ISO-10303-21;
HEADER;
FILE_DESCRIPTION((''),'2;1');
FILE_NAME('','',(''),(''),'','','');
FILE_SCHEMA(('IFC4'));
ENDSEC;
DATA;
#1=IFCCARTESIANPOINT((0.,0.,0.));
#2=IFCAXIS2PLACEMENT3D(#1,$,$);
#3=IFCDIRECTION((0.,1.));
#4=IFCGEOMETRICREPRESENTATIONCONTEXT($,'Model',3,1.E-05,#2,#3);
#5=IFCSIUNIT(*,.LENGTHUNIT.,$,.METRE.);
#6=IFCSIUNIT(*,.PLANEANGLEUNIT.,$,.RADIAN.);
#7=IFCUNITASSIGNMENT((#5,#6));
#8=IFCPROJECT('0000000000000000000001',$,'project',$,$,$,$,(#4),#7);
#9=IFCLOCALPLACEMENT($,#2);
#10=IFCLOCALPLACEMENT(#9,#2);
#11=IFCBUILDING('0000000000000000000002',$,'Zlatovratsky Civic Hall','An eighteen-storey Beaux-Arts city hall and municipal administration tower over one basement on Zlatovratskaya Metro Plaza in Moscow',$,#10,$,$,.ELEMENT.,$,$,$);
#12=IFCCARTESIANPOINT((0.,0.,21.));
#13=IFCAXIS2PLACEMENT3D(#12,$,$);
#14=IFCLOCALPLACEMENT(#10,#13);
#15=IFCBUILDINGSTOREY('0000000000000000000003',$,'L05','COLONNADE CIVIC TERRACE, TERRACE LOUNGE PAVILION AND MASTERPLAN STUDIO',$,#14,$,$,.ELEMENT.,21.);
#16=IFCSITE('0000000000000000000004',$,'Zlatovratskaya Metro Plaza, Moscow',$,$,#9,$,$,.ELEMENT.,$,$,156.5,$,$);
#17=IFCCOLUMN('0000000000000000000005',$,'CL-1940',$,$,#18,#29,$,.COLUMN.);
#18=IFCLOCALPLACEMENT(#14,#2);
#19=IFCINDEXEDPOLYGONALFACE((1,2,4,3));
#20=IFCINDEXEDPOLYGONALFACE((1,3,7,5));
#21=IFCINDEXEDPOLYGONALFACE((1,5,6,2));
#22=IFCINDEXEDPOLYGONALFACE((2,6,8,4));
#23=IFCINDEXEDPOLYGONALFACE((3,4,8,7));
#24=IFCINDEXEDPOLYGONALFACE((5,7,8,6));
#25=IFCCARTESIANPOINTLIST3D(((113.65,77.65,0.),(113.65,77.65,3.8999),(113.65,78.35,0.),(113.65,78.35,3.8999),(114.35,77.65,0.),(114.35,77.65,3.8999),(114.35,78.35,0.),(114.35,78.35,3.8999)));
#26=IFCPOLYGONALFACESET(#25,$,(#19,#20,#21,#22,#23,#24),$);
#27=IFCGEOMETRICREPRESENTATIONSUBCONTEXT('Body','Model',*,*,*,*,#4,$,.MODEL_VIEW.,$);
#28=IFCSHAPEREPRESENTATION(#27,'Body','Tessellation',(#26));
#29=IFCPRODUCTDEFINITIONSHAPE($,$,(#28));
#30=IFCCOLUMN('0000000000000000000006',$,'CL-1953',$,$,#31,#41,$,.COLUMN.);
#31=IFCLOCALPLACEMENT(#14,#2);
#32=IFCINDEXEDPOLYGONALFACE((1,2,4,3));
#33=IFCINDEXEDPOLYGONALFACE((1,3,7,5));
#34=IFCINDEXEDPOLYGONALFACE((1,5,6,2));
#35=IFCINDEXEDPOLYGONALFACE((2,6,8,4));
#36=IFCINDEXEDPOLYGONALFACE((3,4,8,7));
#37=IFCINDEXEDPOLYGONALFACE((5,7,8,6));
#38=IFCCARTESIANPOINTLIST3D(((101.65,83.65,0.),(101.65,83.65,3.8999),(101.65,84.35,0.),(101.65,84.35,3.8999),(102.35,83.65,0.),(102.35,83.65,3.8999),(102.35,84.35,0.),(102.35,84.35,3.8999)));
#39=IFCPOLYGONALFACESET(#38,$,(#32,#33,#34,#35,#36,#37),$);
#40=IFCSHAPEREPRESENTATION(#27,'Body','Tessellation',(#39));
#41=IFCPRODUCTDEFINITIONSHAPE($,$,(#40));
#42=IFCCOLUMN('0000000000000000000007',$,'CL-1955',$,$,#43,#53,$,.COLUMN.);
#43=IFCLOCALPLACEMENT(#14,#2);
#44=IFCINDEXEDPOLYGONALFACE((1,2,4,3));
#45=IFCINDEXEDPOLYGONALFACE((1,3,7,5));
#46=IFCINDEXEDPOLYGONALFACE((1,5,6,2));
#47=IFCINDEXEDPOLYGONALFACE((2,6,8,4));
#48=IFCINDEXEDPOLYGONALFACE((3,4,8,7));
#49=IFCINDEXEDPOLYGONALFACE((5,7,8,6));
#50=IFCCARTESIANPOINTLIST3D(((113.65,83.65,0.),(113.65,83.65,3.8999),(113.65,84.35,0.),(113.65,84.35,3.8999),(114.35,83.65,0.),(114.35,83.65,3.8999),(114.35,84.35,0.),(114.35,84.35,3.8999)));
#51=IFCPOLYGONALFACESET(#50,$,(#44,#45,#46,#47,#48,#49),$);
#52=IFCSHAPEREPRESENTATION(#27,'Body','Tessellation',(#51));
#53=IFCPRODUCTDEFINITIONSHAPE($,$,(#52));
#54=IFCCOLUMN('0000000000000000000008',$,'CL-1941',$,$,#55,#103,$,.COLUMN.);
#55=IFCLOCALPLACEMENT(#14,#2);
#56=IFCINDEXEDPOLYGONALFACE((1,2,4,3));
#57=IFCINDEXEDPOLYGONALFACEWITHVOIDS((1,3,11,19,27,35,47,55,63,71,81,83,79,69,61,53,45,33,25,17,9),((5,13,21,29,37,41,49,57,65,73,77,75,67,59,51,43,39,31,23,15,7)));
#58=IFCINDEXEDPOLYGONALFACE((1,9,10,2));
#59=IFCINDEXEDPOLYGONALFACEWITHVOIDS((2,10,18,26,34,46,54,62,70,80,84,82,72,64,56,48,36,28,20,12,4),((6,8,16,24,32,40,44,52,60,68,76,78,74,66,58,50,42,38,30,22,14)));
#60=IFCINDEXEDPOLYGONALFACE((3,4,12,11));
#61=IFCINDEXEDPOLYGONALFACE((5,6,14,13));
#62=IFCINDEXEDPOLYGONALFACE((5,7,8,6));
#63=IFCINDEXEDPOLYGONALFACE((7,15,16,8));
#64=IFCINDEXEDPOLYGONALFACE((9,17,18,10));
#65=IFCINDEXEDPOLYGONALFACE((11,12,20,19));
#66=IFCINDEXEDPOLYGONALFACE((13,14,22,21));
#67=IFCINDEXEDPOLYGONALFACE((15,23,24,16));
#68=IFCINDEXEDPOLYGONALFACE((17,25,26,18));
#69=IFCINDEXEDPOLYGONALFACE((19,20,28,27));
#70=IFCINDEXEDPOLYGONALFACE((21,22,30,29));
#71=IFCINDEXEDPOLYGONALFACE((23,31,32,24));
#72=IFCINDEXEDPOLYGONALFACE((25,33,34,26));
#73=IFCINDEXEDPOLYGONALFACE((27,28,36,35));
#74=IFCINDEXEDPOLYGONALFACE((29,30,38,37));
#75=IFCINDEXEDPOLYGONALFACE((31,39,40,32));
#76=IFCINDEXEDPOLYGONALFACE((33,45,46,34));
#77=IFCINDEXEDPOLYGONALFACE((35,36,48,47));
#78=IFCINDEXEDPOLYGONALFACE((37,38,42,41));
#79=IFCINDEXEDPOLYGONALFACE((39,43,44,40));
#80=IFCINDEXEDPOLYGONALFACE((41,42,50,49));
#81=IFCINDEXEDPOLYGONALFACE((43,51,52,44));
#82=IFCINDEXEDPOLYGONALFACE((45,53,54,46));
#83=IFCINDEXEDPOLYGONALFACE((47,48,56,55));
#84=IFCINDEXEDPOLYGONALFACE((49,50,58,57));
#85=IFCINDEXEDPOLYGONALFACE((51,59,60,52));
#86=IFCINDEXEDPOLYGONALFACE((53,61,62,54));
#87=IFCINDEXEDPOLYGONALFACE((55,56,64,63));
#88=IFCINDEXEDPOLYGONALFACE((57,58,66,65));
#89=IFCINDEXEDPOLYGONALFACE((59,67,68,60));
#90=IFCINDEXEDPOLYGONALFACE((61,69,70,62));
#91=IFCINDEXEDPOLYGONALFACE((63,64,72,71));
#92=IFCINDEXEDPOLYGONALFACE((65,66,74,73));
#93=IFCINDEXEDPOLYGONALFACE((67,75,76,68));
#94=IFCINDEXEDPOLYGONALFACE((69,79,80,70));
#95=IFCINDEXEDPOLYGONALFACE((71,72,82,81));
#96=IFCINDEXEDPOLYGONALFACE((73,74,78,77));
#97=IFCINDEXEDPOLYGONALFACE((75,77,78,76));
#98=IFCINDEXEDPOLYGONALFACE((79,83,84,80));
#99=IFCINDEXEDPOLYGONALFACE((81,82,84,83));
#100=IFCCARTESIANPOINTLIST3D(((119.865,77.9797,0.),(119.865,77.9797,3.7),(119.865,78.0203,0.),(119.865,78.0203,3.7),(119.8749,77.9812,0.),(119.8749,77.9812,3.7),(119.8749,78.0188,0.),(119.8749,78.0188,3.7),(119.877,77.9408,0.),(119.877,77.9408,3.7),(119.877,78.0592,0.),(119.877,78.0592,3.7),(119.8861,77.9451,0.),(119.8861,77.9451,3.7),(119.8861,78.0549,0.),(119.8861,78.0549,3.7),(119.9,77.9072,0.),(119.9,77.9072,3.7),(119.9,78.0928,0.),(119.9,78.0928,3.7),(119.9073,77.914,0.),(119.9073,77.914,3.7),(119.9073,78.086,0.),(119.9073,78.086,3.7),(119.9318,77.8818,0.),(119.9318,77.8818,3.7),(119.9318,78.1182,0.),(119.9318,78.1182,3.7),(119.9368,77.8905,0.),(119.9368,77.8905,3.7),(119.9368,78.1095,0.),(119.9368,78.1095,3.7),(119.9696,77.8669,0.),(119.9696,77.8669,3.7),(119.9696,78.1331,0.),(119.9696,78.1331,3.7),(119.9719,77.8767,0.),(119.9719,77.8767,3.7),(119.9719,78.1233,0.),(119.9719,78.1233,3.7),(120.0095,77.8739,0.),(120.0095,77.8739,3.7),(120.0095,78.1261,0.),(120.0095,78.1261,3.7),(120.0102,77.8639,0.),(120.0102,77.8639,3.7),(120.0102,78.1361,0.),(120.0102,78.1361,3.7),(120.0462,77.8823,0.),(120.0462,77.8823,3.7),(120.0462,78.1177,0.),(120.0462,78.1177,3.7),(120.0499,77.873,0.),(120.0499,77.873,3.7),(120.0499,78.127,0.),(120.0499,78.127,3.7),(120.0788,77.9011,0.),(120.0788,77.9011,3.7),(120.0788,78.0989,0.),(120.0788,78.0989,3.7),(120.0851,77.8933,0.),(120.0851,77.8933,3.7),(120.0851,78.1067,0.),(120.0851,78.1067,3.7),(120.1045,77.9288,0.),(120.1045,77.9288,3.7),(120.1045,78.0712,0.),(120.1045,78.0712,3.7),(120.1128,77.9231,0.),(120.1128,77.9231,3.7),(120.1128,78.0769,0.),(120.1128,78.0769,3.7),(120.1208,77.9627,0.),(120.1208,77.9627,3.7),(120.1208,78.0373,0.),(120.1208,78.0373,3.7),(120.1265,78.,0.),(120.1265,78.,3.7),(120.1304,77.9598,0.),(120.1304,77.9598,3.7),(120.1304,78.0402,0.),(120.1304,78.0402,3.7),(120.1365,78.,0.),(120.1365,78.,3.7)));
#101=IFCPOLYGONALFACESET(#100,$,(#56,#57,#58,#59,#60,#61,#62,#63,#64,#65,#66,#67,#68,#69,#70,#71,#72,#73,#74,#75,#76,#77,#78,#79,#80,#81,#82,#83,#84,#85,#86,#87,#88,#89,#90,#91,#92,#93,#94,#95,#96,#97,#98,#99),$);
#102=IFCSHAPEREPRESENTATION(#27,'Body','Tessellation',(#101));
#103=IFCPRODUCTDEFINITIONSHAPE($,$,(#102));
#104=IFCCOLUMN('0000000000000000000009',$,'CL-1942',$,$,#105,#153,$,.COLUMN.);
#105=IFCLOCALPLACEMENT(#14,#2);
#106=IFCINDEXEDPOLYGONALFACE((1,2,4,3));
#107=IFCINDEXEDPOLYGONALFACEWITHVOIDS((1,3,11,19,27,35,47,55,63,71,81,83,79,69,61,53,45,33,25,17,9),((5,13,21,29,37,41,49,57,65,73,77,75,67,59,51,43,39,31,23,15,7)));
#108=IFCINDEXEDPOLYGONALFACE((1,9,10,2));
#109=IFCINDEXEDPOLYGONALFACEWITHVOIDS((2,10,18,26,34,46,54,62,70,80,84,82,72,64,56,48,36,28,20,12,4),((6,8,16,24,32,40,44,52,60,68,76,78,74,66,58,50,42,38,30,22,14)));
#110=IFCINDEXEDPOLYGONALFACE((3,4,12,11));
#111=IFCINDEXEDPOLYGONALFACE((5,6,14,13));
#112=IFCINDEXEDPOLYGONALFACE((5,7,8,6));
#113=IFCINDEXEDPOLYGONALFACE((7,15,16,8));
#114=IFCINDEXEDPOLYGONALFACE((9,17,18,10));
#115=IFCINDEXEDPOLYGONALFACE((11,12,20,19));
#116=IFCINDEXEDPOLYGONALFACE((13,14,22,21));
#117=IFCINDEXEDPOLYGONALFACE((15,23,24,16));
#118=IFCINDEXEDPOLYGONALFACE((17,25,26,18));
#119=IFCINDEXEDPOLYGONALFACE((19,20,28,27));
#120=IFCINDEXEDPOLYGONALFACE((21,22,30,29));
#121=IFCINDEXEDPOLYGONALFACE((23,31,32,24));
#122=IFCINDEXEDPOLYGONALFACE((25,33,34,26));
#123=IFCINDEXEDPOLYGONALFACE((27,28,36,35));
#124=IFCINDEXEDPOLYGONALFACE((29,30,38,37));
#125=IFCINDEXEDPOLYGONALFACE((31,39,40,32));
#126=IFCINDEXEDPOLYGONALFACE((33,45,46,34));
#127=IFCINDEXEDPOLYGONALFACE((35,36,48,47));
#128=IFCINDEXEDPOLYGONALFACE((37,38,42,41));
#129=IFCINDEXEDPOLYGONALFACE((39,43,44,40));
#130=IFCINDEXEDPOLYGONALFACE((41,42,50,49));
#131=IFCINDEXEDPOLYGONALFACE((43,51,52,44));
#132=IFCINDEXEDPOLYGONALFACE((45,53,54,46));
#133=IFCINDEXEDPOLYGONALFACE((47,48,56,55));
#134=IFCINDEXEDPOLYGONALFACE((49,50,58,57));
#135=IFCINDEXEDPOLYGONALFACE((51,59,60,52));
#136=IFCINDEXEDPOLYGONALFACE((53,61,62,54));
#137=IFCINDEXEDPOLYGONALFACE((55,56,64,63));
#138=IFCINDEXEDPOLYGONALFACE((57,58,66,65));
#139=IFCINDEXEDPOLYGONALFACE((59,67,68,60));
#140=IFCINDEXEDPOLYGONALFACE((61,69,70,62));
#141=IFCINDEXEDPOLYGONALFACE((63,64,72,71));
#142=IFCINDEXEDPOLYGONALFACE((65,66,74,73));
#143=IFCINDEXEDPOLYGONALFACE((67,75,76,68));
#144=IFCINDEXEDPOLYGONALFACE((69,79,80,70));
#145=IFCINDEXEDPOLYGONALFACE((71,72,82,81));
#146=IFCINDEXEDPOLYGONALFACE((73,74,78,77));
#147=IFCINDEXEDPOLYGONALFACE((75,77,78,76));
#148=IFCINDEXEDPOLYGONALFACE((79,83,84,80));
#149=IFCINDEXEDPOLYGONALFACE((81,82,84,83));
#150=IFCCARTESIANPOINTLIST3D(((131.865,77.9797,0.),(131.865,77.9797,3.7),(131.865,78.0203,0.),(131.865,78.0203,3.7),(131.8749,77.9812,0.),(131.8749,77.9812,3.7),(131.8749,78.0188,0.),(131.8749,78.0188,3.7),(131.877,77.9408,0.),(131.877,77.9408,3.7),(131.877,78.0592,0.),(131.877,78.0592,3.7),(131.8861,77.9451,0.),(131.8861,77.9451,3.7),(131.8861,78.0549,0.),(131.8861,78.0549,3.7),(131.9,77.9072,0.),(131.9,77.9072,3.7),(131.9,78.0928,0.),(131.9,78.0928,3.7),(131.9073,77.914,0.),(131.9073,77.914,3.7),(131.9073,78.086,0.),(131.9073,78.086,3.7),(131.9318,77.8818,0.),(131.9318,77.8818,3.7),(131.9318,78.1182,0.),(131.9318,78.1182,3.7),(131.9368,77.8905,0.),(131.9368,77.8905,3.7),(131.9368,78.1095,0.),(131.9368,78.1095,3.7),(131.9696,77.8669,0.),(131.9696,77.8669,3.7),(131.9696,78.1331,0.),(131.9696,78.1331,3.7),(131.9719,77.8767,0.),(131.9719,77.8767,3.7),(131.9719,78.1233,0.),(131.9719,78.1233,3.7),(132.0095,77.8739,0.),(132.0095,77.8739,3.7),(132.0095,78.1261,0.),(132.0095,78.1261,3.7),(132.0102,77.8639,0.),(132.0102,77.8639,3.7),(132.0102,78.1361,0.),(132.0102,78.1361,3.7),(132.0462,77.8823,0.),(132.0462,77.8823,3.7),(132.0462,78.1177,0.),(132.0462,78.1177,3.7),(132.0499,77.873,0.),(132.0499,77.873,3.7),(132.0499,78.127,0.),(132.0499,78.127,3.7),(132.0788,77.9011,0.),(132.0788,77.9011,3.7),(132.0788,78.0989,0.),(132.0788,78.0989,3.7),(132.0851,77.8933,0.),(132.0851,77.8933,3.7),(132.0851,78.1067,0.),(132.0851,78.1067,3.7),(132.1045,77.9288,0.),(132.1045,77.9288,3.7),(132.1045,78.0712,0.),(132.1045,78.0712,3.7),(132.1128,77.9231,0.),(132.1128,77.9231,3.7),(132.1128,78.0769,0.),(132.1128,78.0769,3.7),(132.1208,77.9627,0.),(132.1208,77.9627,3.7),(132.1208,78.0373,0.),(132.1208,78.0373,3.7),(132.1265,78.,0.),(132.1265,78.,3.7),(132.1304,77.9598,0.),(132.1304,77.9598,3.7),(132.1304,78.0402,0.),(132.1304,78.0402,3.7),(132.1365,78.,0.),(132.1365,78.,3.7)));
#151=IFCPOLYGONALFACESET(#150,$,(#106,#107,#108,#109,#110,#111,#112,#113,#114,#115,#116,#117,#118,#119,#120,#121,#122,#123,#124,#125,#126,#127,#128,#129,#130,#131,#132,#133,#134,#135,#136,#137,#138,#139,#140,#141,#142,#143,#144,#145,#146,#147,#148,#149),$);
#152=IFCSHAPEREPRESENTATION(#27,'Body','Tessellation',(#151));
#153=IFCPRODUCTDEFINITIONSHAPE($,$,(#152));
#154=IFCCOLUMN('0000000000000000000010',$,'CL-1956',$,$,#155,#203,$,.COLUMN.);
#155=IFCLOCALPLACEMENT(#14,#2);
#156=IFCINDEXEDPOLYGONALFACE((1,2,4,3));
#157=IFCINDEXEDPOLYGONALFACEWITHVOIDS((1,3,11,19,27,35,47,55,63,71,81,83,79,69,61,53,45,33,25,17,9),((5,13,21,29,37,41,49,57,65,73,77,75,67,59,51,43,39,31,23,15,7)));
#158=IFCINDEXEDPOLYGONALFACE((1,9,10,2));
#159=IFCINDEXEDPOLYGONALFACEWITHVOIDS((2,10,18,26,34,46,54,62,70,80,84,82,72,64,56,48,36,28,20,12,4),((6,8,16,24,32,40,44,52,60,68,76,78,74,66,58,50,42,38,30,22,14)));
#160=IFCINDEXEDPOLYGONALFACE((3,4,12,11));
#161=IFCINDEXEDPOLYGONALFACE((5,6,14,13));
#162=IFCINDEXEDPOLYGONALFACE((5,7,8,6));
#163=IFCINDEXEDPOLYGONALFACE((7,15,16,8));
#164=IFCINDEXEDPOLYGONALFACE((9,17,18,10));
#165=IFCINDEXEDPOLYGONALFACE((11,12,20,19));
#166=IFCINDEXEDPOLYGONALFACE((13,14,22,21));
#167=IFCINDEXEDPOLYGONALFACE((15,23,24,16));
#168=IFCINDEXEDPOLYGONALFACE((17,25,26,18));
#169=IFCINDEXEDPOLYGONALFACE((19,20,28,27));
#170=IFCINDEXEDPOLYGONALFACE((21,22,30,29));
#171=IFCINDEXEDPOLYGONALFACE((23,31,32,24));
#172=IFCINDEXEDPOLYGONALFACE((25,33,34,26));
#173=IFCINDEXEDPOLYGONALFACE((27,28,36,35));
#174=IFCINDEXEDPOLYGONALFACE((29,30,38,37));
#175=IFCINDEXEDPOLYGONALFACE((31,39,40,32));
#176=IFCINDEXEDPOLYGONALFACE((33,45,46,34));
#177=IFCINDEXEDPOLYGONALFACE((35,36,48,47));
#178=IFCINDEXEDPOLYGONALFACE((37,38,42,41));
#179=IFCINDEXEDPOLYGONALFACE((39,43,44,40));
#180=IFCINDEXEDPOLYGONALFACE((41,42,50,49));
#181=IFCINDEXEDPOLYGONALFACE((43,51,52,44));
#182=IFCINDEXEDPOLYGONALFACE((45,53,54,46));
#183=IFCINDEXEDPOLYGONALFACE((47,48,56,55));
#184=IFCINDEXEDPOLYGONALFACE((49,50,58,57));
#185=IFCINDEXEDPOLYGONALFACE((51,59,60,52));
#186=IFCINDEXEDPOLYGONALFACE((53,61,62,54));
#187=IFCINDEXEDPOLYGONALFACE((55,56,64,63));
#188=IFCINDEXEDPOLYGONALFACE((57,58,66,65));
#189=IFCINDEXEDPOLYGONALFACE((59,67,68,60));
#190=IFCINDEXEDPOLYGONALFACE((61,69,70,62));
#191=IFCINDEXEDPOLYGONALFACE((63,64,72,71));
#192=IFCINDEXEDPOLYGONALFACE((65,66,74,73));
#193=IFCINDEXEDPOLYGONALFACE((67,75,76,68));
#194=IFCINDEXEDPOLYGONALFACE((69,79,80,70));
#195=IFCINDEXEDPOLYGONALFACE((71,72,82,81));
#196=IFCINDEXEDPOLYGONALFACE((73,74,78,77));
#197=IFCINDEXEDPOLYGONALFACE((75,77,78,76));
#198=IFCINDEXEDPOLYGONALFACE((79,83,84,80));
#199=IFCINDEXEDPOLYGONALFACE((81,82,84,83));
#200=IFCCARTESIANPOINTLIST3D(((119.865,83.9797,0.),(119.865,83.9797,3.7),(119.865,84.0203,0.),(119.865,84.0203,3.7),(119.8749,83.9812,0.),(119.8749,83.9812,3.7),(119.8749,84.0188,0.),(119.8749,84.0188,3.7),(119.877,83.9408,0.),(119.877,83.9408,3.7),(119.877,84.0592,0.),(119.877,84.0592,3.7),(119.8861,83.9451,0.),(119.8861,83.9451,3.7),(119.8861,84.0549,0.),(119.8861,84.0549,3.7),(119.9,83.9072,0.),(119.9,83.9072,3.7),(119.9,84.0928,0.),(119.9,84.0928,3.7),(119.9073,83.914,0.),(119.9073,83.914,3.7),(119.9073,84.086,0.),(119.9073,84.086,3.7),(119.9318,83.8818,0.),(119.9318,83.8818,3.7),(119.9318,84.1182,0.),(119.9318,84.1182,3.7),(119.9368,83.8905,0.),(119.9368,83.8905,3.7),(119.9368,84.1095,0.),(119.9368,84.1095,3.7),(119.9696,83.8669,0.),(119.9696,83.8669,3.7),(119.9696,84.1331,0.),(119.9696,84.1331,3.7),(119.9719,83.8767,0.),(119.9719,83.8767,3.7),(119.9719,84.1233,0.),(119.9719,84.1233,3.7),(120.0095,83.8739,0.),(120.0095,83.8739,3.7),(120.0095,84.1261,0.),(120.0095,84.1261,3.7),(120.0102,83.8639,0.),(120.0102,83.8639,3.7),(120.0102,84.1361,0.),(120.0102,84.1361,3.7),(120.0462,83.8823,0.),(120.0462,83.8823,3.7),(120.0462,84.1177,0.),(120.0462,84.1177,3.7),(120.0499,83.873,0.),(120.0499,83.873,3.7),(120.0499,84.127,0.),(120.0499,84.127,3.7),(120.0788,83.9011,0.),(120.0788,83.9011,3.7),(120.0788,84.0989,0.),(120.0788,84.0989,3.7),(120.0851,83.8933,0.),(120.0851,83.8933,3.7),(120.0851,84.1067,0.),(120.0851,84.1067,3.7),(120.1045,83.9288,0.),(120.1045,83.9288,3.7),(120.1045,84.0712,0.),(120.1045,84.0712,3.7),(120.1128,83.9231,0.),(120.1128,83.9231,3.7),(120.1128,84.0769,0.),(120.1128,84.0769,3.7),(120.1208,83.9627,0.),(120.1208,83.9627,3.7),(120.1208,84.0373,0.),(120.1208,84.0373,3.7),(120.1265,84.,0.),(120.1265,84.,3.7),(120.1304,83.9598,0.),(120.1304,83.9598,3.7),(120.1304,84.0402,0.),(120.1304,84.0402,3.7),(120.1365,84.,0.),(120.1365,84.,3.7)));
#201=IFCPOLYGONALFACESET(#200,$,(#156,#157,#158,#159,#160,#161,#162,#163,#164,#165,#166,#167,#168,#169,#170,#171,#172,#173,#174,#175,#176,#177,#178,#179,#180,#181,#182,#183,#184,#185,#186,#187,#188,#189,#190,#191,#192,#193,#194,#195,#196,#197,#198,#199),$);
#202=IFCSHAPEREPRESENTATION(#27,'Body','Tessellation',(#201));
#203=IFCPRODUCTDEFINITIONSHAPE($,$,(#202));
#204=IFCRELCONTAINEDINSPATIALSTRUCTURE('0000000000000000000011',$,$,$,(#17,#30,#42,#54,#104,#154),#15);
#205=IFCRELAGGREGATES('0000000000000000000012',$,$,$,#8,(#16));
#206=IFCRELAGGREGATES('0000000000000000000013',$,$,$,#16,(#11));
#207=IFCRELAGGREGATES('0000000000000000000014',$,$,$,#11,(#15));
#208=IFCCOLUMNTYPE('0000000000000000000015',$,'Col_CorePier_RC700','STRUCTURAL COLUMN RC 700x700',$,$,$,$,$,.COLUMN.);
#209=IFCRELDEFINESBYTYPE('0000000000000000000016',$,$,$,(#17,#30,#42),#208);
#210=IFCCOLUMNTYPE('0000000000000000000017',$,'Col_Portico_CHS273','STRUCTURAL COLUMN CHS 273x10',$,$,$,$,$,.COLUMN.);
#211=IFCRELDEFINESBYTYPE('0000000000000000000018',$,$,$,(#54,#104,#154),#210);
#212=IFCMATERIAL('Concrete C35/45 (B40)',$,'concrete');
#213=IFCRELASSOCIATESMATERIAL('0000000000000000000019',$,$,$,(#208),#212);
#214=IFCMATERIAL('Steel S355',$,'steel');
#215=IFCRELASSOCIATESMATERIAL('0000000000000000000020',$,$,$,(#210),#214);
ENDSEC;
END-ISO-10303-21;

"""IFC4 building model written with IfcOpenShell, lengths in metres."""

from ifc_helpers import new_model, si_unit, direction, frame, origin, origin_2d, place, context, subcontext, project, spatial, rectangle, hollow_circle, extrude, material, material_profile, profile_set, type_object, element, save


model = new_model("IFC4")

# Units and contexts
model_context = context("Model", 3, precision=1e-05, world=origin(), true_north=direction((0.0, 1.0)))
body_context = subcontext(model_context, "Body", "Model", "MODEL_VIEW")
ifc_project = project(units=[si_unit("LENGTHUNIT", "METRE"), si_unit("PLANEANGLEUNIT", "RADIAN")], contexts=[model_context])

# Site, building, storey
site_placement = place(None, origin())
site = spatial("IfcSite", under=ifc_project, at=site_placement, Name="Zlatovratskaya Metro Plaza, Moscow", CompositionType="ELEMENT", RefElevation=156.5)
building_placement = place(site_placement, origin())
building = spatial("IfcBuilding", under=site, at=building_placement, Name="Zlatovratsky Civic Hall", Description="An eighteen-storey Beaux-Arts city hall and municipal administration tower over one basement on Zlatovratskaya Metro Plaza in Moscow", CompositionType="ELEMENT")
storey_placement = place(building_placement, frame((0.0, 0.0, 21.0)))
storey = spatial("IfcBuildingStorey", under=building, at=storey_placement, Name="L05", Description="COLONNADE CIVIC TERRACE, TERRACE LOUNGE PAVILION AND MASTERPLAN STUDIO", CompositionType="ELEMENT", Elevation=21.0)

# Columns
ifc_material_1 = material(Name="Concrete C35/45 (B40)", Category="concrete")
ifc_material_profile_1 = material_profile(ifc_material_1, rectangle(XDim=0.7, YDim=0.7, at=origin_2d()), Name="RC 700x700")
ifc_profile_set_1 = profile_set([ifc_material_profile_1], Name="Concrete C35/45 (B40)")
column_type_1 = type_object("IfcColumnType", Name="Col_CorePier_RC700", Description="STRUCTURAL COLUMN RC 700x700", PredefinedType="COLUMN", material=ifc_profile_set_1)
for number, where, z_axis, x_axis, name in (
    (1, (114.0, 78.0, 0.0), (0.0, 0.0, 1.0), (1.0, 0.0, 0.0), "CL-1940"),
    (2, (102.0, 84.0, 0.0), (0.0, 0.0, 1.0), (1.0, 0.0, 0.0), "CL-1953"),
    (3, (114.0, 84.0, 0.0), (0.0, 0.0, 1.0), (1.0, 0.0, 0.0), "CL-1955"),
):
    element("IfcColumn", number, at=place(storey_placement, frame(where, z_axis=z_axis, x_axis=x_axis)), inside=storey, type_object=column_type_1, Name=name, PredefinedType="COLUMN", context=body_context, shape_type="SweptSolid", body=[
        extrude(rectangle(XDim=0.7, YDim=0.7, at=origin_2d()), origin(), (0.0, 0.0, 1.0), 3.8999),
    ])
ifc_material_2 = material(Name="Steel S355", Category="steel")
ifc_material_profile_2 = material_profile(ifc_material_2, hollow_circle(Radius=0.1365, WallThickness=0.01, at=origin_2d()), Name="CHS 273x10")
ifc_profile_set_2 = profile_set([ifc_material_profile_2], Name="Steel S355")
column_type_2 = type_object("IfcColumnType", Name="Col_Portico_CHS273", Description="STRUCTURAL COLUMN CHS 273x10", PredefinedType="COLUMN", material=ifc_profile_set_2)
for number, where, z_axis, x_axis, name in (
    (4, (120.0, 78.0, 0.0), (0.0, 0.0, 1.0), (1.0, 0.0, 0.0), "CL-1941"),
    (5, (132.0, 78.0, 0.0), (0.0, 0.0, 1.0), (1.0, 0.0, 0.0), "CL-1942"),
    (6, (120.0, 84.0, 0.0), (0.0, 0.0, 1.0), (1.0, 0.0, 0.0), "CL-1956"),
):
    element("IfcColumn", number, at=place(storey_placement, frame(where, z_axis=z_axis, x_axis=x_axis)), inside=storey, type_object=column_type_2, Name=name, PredefinedType="COLUMN", context=body_context, shape_type="SweptSolid", body=[
        extrude(hollow_circle(Radius=0.1365, WallThickness=0.01, at=origin_2d()), origin(), (0.0, 0.0, 1.0), 3.7),
    ])

save(model, "model.ifc")
